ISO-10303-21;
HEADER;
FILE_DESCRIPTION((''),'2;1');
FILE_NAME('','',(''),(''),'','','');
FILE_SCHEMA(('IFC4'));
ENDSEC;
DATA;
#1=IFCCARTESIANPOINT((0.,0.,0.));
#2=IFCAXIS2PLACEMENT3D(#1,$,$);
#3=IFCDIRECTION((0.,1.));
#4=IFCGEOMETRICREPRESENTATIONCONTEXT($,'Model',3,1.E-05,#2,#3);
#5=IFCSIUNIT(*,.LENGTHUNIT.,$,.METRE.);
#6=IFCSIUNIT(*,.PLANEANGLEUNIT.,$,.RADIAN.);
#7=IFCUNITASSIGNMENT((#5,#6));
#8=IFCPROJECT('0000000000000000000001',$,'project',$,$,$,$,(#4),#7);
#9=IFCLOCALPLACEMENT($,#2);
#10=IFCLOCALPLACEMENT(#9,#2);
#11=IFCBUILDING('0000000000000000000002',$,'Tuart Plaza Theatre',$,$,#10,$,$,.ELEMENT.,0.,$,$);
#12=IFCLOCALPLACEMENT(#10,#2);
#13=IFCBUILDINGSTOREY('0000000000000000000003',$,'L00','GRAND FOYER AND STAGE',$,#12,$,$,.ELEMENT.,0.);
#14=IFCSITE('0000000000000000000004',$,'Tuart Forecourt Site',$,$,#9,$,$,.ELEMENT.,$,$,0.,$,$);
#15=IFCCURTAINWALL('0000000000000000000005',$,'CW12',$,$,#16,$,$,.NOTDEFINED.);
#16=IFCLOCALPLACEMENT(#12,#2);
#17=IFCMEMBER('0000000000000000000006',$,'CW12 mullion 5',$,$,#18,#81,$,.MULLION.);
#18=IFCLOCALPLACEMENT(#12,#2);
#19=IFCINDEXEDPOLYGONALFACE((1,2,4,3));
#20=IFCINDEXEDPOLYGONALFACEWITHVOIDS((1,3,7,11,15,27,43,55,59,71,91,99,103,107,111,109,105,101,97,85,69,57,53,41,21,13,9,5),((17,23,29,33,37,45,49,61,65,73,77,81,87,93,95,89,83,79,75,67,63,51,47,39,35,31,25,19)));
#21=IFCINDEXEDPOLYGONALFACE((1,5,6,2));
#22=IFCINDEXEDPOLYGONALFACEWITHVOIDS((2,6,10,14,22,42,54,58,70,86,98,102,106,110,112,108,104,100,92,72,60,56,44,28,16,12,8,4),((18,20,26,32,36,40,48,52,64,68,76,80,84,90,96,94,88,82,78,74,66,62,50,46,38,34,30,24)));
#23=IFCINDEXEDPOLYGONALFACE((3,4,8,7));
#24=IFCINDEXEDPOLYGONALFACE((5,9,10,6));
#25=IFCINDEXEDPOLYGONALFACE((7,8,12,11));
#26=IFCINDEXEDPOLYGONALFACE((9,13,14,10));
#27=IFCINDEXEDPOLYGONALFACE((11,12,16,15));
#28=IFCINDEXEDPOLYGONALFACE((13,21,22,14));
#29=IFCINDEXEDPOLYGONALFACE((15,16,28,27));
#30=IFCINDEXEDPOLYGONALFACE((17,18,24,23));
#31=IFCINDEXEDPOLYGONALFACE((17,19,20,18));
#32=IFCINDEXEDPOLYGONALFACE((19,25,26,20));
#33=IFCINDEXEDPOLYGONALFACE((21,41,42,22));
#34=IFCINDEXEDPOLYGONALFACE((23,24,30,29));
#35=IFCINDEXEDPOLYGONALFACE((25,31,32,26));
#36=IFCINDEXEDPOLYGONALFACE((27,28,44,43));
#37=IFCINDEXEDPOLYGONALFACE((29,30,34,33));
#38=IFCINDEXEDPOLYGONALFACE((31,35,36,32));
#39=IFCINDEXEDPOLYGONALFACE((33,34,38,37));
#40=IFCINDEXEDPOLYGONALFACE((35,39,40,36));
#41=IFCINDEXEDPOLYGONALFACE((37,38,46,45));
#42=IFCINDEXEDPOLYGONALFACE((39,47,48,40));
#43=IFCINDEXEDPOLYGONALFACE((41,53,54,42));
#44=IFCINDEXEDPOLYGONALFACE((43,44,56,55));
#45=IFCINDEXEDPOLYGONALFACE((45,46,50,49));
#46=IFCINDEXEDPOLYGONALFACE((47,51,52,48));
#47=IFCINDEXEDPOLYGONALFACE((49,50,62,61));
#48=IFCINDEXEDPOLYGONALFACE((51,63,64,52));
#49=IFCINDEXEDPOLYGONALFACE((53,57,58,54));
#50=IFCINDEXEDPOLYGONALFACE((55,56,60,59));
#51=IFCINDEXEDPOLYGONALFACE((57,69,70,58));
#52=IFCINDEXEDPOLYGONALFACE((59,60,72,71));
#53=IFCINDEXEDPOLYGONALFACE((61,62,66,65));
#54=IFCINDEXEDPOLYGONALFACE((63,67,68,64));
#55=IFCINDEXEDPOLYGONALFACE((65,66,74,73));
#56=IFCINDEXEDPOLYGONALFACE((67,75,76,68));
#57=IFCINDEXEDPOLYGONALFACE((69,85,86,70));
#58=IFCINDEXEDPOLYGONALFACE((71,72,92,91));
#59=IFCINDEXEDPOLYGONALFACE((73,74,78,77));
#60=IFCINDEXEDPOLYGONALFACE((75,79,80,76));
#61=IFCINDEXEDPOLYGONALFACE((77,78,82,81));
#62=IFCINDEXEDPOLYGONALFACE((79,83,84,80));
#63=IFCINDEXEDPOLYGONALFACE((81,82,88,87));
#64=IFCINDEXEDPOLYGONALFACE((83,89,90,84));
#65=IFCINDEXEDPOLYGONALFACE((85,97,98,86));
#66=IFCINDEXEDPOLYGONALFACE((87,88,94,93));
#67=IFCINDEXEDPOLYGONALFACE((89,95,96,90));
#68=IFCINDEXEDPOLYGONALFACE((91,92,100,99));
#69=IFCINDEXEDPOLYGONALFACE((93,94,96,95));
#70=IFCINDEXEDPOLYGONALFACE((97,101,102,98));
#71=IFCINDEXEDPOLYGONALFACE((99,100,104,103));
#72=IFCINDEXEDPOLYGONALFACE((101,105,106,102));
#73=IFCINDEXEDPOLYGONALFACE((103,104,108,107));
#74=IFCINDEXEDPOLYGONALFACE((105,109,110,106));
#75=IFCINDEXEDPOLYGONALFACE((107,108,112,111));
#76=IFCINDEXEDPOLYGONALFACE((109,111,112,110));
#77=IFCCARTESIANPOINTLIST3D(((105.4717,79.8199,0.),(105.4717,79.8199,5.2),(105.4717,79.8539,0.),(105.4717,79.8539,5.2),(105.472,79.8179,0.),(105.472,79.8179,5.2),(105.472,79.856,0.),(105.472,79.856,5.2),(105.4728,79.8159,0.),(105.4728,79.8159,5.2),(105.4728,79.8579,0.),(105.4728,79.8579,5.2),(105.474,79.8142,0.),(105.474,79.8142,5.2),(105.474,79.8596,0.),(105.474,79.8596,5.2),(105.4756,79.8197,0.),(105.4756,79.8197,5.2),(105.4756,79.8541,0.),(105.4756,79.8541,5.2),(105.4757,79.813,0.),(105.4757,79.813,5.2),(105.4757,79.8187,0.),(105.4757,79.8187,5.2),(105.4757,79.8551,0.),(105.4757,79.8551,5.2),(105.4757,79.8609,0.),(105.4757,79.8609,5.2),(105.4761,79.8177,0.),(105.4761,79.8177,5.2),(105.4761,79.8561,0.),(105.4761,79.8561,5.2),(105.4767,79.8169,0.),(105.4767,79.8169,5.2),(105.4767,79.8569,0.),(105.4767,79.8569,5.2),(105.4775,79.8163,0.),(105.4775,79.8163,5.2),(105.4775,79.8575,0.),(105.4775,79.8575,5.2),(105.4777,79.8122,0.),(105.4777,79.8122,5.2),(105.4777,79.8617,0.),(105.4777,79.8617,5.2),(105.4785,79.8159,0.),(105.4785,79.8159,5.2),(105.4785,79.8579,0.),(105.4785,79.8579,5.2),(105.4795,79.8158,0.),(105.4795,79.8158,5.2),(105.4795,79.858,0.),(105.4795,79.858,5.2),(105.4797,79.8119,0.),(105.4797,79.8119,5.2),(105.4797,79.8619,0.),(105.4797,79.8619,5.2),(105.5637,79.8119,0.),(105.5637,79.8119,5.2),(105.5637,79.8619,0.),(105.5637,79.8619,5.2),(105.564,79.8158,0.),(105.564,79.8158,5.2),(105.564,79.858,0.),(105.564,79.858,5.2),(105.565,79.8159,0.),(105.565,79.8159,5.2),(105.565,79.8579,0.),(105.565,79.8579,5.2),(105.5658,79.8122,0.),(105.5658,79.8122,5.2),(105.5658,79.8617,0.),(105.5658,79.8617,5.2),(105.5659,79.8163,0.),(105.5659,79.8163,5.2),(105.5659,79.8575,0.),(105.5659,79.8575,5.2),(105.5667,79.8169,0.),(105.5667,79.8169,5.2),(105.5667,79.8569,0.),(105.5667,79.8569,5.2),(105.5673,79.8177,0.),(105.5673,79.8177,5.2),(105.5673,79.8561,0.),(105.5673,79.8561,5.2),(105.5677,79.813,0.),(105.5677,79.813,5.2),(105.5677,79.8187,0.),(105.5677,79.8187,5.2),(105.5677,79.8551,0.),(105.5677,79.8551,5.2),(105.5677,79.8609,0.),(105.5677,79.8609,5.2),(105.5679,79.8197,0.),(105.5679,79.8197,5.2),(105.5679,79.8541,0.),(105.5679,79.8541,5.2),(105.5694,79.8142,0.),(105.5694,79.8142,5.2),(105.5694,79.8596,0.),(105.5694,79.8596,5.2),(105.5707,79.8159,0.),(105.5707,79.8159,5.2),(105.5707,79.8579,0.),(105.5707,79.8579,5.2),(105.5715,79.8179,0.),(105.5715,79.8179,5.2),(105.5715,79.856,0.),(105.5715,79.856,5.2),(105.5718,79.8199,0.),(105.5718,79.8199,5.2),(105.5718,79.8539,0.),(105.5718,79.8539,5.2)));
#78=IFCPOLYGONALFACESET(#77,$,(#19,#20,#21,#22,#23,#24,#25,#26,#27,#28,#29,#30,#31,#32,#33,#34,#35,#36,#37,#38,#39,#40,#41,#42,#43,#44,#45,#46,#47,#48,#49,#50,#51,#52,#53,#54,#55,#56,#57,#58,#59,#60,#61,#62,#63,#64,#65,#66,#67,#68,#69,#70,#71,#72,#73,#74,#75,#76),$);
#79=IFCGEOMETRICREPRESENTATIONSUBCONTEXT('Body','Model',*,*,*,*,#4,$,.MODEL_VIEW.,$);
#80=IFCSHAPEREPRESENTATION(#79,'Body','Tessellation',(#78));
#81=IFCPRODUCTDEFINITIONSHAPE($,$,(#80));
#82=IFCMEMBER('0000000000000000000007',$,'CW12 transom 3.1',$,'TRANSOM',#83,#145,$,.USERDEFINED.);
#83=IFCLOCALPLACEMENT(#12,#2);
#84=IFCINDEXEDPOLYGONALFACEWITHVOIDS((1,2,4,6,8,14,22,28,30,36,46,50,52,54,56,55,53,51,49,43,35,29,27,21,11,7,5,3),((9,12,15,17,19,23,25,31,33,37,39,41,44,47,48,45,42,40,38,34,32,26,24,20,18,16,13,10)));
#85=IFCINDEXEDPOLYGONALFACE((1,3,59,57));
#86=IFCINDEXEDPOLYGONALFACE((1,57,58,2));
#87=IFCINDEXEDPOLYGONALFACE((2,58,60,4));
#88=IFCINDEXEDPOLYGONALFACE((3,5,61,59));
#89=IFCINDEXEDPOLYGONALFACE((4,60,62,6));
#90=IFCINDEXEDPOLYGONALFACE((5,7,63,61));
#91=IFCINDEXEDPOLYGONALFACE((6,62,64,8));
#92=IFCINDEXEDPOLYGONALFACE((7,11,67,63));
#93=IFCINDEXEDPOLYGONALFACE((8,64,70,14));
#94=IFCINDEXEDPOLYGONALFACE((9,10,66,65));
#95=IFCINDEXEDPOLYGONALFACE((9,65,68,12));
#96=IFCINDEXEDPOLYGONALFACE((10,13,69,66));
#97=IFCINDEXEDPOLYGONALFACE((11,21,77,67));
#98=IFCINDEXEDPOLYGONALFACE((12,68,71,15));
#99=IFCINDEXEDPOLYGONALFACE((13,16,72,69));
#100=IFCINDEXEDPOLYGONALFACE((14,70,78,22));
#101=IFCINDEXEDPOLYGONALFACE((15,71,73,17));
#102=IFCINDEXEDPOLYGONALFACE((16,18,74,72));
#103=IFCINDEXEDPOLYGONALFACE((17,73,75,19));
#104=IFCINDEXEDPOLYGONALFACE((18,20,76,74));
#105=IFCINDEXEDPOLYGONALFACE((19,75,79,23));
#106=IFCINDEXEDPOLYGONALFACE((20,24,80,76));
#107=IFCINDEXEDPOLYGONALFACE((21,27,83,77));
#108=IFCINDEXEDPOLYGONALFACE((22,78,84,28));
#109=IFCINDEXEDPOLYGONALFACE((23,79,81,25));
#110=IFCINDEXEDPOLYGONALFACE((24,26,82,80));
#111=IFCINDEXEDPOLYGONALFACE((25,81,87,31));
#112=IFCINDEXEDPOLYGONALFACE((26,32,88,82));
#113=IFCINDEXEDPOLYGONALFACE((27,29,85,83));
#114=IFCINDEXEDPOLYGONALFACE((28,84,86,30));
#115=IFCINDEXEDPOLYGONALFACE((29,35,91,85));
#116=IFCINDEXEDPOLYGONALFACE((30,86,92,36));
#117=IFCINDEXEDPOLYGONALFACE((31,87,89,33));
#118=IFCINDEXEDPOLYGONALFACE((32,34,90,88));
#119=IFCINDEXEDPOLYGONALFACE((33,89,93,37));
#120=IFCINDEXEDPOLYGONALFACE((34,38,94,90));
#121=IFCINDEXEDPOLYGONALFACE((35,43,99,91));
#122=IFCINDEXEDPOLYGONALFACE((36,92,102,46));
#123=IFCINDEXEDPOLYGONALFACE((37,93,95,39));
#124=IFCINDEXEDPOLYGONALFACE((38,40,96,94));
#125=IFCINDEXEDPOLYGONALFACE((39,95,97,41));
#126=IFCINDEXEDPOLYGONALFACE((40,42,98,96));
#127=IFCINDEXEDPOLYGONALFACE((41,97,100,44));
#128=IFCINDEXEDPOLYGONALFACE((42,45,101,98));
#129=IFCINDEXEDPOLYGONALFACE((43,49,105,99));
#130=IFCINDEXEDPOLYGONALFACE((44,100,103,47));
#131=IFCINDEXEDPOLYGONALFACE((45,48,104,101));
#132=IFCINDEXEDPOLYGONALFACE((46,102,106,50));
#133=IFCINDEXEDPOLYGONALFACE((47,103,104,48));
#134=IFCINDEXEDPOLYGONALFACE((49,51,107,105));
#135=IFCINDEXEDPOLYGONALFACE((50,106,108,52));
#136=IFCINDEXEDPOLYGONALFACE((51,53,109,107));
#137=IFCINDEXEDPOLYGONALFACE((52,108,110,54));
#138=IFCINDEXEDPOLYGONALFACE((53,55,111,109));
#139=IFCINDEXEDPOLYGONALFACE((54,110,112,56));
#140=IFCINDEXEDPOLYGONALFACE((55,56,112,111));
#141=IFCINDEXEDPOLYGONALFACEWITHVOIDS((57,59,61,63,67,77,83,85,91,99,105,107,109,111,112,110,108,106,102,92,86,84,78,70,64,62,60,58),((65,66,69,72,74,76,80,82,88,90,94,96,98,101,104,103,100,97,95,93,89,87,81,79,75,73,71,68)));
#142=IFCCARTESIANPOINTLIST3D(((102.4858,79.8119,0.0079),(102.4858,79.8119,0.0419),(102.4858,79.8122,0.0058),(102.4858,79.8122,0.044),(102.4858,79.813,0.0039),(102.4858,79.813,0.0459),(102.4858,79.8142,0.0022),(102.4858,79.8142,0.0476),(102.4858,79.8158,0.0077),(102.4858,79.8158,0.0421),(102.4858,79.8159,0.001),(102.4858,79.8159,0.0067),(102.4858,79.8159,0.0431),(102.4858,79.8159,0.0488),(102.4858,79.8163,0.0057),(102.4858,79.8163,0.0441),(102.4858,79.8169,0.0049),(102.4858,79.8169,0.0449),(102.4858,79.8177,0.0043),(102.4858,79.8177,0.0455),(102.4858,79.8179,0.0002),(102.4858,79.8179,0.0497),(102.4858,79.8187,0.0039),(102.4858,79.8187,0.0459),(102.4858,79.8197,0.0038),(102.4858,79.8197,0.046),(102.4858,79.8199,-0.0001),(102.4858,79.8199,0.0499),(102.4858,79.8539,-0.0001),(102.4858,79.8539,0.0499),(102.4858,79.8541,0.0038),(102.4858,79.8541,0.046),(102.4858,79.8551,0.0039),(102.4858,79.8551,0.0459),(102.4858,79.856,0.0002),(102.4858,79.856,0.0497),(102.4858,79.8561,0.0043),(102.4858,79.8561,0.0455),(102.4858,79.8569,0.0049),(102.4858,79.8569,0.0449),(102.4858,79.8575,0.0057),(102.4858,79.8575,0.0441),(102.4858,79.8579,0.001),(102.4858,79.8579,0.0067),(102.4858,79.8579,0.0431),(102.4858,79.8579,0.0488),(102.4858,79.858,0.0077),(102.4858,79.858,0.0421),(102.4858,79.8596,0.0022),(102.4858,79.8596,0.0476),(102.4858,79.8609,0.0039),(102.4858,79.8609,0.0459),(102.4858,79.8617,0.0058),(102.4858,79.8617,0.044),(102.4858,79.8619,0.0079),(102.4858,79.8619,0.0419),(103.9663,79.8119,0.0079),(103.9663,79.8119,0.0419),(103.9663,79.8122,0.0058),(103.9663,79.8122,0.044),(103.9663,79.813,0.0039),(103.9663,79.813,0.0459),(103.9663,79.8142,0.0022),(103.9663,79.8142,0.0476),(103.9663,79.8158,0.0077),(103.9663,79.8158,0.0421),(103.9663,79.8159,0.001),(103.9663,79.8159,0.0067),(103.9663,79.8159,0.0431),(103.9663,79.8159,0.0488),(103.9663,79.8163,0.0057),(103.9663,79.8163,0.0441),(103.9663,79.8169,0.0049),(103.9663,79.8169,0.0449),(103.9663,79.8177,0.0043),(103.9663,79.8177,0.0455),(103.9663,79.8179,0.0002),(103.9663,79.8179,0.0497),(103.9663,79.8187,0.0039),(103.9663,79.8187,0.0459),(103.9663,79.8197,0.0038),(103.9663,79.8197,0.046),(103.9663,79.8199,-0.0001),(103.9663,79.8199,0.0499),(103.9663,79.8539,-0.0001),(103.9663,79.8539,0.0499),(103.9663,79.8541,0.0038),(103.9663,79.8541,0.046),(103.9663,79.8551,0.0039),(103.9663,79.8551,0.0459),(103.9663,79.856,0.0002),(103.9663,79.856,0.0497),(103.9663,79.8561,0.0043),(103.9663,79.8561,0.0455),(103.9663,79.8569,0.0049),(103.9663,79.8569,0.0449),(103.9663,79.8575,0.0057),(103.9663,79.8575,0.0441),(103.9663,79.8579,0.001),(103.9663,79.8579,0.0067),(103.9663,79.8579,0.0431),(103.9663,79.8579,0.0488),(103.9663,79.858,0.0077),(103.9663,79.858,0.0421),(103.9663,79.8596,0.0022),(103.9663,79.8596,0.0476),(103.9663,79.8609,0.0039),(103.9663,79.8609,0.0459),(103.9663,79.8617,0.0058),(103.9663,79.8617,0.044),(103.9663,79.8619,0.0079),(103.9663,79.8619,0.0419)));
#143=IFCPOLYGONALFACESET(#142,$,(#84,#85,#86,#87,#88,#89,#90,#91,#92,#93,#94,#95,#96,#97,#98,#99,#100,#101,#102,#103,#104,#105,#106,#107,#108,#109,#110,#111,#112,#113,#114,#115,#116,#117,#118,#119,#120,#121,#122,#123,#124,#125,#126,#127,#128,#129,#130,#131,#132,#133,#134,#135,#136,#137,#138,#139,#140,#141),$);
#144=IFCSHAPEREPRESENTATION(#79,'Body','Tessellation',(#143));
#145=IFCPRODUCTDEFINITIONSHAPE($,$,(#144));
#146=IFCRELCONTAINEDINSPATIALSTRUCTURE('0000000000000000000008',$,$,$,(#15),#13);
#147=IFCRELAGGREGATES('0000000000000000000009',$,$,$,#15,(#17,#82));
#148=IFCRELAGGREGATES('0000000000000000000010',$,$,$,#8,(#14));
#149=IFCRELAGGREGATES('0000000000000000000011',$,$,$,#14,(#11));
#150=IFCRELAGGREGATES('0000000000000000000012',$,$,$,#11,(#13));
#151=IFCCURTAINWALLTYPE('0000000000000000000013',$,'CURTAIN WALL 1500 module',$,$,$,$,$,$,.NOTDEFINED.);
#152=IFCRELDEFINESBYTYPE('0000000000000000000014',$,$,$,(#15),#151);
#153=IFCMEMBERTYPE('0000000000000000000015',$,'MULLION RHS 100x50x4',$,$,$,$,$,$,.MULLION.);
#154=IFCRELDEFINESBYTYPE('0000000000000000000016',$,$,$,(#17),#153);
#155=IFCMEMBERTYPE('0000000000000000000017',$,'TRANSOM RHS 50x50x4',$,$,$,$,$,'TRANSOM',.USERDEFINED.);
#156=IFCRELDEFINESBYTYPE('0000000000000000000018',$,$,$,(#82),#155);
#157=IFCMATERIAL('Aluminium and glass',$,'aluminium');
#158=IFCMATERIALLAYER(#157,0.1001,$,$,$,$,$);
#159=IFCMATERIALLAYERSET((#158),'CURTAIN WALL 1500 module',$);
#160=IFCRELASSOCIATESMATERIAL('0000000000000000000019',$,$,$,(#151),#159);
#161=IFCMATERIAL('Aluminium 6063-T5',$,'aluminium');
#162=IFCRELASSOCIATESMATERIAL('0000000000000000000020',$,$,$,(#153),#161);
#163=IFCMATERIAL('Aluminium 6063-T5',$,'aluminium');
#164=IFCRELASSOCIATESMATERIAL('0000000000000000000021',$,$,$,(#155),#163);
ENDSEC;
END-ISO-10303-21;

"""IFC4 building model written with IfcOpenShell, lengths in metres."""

from ifc_helpers import new_model, si_unit, direction, frame, origin, origin_2d, place, context, subcontext, project, spatial, hollow_rectangle, extrude, material, layer, layer_set, material_profile, profile_set, type_object, element, aggregate, save


model = new_model("IFC4")

# Units and contexts
model_context = context("Model", 3, precision=1e-05, world=origin(), true_north=direction((0.0, 1.0)))
body_context = subcontext(model_context, "Body", "Model", "MODEL_VIEW")
ifc_project = project(units=[si_unit("LENGTHUNIT", "METRE"), si_unit("PLANEANGLEUNIT", "RADIAN")], contexts=[model_context])

# Site, building, storey
site_placement = place(None, origin())
site = spatial("IfcSite", under=ifc_project, at=site_placement, Name="Tuart Forecourt Site", CompositionType="ELEMENT", RefElevation=0.0)
building_placement = place(site_placement, origin())
building = spatial("IfcBuilding", under=site, at=building_placement, Name="Tuart Plaza Theatre", CompositionType="ELEMENT", ElevationOfRefHeight=0.0)
storey_placement = place(building_placement, origin())
storey = spatial("IfcBuildingStorey", under=building, at=storey_placement, Name="L00", Description="GRAND FOYER AND STAGE", CompositionType="ELEMENT", Elevation=0.0)

# Curtain wall, members
ifc_material_1 = material(Name="Aluminium and glass", Category="aluminium")
ifc_layer_1 = layer(ifc_material_1, 0.1001)
ifc_layer_set_1 = layer_set([ifc_layer_1], Name="CURTAIN WALL 1500 module")
curtain_wall_type = type_object("IfcCurtainWallType", Name="CURTAIN WALL 1500 module", PredefinedType="NOTDEFINED", material=ifc_layer_set_1)
curtain_wall_placement = place(storey_placement, origin())
curtain_wall = element("IfcCurtainWall", 1, at=curtain_wall_placement, inside=storey, type_object=curtain_wall_type, Name="CW12", PredefinedType="NOTDEFINED")
ifc_material_2 = material(Name="Aluminium 6063-T5", Category="aluminium")
ifc_material_profile_1 = material_profile(ifc_material_2, hollow_rectangle(XDim=0.05, YDim=0.1001, WallThickness=0.0039, InnerFilletRadius=0.0039, OuterFilletRadius=0.0081, at=origin_2d()), Name="RHS 100x50x4")
ifc_profile_set_1 = profile_set([ifc_material_profile_1], Name="Aluminium 6063-T5")
member_type_1 = type_object("IfcMemberType", Name="MULLION RHS 100x50x4", PredefinedType="MULLION", material=ifc_profile_set_1)
member_1_placement = place(storey_placement, frame((105.5217, 79.8369, 0.0), z_axis=(0.0, 0.0, 1.0), x_axis=(0.0, 1.0, 0.0)))
member_1 = element("IfcMember", 2, at=member_1_placement, type_object=member_type_1, Name="CW12 mullion 5", PredefinedType="MULLION", context=body_context, shape_type="SweptSolid", body=[
    extrude(hollow_rectangle(XDim=0.05, YDim=0.1001, WallThickness=0.0039, InnerFilletRadius=0.0039, OuterFilletRadius=0.0081, at=origin_2d()), origin(), (0.0, 0.0, 1.0), 5.2),
])
ifc_material_3 = material(Name="Aluminium 6063-T5", Category="aluminium")
ifc_material_profile_2 = material_profile(ifc_material_3, hollow_rectangle(XDim=0.05, YDim=0.05, WallThickness=0.0039, InnerFilletRadius=0.0039, OuterFilletRadius=0.0081, at=origin_2d()), Name="RHS 50x50x4")
ifc_profile_set_2 = profile_set([ifc_material_profile_2], Name="Aluminium 6063-T5")
member_type_2 = type_object("IfcMemberType", Name="TRANSOM RHS 50x50x4", ElementType="TRANSOM", PredefinedType="USERDEFINED", material=ifc_profile_set_2)
member_2_placement = place(storey_placement, frame((102.4858, 79.8369, 0.0249), z_axis=(1.0, 0.0, 0.0), x_axis=(0.0, 1.0, 0.0)))
member_2 = element("IfcMember", 3, at=member_2_placement, type_object=member_type_2, Name="CW12 transom 3.1", ObjectType="TRANSOM", PredefinedType="USERDEFINED", context=body_context, shape_type="SweptSolid", body=[
    extrude(hollow_rectangle(XDim=0.05, YDim=0.05, WallThickness=0.0039, InnerFilletRadius=0.0039, OuterFilletRadius=0.0081, at=origin_2d()), origin(), (0.0, 0.0, 1.0), 1.4805),
])
aggregate(curtain_wall, [member_1, member_2])

save(model, "model.ifc")
